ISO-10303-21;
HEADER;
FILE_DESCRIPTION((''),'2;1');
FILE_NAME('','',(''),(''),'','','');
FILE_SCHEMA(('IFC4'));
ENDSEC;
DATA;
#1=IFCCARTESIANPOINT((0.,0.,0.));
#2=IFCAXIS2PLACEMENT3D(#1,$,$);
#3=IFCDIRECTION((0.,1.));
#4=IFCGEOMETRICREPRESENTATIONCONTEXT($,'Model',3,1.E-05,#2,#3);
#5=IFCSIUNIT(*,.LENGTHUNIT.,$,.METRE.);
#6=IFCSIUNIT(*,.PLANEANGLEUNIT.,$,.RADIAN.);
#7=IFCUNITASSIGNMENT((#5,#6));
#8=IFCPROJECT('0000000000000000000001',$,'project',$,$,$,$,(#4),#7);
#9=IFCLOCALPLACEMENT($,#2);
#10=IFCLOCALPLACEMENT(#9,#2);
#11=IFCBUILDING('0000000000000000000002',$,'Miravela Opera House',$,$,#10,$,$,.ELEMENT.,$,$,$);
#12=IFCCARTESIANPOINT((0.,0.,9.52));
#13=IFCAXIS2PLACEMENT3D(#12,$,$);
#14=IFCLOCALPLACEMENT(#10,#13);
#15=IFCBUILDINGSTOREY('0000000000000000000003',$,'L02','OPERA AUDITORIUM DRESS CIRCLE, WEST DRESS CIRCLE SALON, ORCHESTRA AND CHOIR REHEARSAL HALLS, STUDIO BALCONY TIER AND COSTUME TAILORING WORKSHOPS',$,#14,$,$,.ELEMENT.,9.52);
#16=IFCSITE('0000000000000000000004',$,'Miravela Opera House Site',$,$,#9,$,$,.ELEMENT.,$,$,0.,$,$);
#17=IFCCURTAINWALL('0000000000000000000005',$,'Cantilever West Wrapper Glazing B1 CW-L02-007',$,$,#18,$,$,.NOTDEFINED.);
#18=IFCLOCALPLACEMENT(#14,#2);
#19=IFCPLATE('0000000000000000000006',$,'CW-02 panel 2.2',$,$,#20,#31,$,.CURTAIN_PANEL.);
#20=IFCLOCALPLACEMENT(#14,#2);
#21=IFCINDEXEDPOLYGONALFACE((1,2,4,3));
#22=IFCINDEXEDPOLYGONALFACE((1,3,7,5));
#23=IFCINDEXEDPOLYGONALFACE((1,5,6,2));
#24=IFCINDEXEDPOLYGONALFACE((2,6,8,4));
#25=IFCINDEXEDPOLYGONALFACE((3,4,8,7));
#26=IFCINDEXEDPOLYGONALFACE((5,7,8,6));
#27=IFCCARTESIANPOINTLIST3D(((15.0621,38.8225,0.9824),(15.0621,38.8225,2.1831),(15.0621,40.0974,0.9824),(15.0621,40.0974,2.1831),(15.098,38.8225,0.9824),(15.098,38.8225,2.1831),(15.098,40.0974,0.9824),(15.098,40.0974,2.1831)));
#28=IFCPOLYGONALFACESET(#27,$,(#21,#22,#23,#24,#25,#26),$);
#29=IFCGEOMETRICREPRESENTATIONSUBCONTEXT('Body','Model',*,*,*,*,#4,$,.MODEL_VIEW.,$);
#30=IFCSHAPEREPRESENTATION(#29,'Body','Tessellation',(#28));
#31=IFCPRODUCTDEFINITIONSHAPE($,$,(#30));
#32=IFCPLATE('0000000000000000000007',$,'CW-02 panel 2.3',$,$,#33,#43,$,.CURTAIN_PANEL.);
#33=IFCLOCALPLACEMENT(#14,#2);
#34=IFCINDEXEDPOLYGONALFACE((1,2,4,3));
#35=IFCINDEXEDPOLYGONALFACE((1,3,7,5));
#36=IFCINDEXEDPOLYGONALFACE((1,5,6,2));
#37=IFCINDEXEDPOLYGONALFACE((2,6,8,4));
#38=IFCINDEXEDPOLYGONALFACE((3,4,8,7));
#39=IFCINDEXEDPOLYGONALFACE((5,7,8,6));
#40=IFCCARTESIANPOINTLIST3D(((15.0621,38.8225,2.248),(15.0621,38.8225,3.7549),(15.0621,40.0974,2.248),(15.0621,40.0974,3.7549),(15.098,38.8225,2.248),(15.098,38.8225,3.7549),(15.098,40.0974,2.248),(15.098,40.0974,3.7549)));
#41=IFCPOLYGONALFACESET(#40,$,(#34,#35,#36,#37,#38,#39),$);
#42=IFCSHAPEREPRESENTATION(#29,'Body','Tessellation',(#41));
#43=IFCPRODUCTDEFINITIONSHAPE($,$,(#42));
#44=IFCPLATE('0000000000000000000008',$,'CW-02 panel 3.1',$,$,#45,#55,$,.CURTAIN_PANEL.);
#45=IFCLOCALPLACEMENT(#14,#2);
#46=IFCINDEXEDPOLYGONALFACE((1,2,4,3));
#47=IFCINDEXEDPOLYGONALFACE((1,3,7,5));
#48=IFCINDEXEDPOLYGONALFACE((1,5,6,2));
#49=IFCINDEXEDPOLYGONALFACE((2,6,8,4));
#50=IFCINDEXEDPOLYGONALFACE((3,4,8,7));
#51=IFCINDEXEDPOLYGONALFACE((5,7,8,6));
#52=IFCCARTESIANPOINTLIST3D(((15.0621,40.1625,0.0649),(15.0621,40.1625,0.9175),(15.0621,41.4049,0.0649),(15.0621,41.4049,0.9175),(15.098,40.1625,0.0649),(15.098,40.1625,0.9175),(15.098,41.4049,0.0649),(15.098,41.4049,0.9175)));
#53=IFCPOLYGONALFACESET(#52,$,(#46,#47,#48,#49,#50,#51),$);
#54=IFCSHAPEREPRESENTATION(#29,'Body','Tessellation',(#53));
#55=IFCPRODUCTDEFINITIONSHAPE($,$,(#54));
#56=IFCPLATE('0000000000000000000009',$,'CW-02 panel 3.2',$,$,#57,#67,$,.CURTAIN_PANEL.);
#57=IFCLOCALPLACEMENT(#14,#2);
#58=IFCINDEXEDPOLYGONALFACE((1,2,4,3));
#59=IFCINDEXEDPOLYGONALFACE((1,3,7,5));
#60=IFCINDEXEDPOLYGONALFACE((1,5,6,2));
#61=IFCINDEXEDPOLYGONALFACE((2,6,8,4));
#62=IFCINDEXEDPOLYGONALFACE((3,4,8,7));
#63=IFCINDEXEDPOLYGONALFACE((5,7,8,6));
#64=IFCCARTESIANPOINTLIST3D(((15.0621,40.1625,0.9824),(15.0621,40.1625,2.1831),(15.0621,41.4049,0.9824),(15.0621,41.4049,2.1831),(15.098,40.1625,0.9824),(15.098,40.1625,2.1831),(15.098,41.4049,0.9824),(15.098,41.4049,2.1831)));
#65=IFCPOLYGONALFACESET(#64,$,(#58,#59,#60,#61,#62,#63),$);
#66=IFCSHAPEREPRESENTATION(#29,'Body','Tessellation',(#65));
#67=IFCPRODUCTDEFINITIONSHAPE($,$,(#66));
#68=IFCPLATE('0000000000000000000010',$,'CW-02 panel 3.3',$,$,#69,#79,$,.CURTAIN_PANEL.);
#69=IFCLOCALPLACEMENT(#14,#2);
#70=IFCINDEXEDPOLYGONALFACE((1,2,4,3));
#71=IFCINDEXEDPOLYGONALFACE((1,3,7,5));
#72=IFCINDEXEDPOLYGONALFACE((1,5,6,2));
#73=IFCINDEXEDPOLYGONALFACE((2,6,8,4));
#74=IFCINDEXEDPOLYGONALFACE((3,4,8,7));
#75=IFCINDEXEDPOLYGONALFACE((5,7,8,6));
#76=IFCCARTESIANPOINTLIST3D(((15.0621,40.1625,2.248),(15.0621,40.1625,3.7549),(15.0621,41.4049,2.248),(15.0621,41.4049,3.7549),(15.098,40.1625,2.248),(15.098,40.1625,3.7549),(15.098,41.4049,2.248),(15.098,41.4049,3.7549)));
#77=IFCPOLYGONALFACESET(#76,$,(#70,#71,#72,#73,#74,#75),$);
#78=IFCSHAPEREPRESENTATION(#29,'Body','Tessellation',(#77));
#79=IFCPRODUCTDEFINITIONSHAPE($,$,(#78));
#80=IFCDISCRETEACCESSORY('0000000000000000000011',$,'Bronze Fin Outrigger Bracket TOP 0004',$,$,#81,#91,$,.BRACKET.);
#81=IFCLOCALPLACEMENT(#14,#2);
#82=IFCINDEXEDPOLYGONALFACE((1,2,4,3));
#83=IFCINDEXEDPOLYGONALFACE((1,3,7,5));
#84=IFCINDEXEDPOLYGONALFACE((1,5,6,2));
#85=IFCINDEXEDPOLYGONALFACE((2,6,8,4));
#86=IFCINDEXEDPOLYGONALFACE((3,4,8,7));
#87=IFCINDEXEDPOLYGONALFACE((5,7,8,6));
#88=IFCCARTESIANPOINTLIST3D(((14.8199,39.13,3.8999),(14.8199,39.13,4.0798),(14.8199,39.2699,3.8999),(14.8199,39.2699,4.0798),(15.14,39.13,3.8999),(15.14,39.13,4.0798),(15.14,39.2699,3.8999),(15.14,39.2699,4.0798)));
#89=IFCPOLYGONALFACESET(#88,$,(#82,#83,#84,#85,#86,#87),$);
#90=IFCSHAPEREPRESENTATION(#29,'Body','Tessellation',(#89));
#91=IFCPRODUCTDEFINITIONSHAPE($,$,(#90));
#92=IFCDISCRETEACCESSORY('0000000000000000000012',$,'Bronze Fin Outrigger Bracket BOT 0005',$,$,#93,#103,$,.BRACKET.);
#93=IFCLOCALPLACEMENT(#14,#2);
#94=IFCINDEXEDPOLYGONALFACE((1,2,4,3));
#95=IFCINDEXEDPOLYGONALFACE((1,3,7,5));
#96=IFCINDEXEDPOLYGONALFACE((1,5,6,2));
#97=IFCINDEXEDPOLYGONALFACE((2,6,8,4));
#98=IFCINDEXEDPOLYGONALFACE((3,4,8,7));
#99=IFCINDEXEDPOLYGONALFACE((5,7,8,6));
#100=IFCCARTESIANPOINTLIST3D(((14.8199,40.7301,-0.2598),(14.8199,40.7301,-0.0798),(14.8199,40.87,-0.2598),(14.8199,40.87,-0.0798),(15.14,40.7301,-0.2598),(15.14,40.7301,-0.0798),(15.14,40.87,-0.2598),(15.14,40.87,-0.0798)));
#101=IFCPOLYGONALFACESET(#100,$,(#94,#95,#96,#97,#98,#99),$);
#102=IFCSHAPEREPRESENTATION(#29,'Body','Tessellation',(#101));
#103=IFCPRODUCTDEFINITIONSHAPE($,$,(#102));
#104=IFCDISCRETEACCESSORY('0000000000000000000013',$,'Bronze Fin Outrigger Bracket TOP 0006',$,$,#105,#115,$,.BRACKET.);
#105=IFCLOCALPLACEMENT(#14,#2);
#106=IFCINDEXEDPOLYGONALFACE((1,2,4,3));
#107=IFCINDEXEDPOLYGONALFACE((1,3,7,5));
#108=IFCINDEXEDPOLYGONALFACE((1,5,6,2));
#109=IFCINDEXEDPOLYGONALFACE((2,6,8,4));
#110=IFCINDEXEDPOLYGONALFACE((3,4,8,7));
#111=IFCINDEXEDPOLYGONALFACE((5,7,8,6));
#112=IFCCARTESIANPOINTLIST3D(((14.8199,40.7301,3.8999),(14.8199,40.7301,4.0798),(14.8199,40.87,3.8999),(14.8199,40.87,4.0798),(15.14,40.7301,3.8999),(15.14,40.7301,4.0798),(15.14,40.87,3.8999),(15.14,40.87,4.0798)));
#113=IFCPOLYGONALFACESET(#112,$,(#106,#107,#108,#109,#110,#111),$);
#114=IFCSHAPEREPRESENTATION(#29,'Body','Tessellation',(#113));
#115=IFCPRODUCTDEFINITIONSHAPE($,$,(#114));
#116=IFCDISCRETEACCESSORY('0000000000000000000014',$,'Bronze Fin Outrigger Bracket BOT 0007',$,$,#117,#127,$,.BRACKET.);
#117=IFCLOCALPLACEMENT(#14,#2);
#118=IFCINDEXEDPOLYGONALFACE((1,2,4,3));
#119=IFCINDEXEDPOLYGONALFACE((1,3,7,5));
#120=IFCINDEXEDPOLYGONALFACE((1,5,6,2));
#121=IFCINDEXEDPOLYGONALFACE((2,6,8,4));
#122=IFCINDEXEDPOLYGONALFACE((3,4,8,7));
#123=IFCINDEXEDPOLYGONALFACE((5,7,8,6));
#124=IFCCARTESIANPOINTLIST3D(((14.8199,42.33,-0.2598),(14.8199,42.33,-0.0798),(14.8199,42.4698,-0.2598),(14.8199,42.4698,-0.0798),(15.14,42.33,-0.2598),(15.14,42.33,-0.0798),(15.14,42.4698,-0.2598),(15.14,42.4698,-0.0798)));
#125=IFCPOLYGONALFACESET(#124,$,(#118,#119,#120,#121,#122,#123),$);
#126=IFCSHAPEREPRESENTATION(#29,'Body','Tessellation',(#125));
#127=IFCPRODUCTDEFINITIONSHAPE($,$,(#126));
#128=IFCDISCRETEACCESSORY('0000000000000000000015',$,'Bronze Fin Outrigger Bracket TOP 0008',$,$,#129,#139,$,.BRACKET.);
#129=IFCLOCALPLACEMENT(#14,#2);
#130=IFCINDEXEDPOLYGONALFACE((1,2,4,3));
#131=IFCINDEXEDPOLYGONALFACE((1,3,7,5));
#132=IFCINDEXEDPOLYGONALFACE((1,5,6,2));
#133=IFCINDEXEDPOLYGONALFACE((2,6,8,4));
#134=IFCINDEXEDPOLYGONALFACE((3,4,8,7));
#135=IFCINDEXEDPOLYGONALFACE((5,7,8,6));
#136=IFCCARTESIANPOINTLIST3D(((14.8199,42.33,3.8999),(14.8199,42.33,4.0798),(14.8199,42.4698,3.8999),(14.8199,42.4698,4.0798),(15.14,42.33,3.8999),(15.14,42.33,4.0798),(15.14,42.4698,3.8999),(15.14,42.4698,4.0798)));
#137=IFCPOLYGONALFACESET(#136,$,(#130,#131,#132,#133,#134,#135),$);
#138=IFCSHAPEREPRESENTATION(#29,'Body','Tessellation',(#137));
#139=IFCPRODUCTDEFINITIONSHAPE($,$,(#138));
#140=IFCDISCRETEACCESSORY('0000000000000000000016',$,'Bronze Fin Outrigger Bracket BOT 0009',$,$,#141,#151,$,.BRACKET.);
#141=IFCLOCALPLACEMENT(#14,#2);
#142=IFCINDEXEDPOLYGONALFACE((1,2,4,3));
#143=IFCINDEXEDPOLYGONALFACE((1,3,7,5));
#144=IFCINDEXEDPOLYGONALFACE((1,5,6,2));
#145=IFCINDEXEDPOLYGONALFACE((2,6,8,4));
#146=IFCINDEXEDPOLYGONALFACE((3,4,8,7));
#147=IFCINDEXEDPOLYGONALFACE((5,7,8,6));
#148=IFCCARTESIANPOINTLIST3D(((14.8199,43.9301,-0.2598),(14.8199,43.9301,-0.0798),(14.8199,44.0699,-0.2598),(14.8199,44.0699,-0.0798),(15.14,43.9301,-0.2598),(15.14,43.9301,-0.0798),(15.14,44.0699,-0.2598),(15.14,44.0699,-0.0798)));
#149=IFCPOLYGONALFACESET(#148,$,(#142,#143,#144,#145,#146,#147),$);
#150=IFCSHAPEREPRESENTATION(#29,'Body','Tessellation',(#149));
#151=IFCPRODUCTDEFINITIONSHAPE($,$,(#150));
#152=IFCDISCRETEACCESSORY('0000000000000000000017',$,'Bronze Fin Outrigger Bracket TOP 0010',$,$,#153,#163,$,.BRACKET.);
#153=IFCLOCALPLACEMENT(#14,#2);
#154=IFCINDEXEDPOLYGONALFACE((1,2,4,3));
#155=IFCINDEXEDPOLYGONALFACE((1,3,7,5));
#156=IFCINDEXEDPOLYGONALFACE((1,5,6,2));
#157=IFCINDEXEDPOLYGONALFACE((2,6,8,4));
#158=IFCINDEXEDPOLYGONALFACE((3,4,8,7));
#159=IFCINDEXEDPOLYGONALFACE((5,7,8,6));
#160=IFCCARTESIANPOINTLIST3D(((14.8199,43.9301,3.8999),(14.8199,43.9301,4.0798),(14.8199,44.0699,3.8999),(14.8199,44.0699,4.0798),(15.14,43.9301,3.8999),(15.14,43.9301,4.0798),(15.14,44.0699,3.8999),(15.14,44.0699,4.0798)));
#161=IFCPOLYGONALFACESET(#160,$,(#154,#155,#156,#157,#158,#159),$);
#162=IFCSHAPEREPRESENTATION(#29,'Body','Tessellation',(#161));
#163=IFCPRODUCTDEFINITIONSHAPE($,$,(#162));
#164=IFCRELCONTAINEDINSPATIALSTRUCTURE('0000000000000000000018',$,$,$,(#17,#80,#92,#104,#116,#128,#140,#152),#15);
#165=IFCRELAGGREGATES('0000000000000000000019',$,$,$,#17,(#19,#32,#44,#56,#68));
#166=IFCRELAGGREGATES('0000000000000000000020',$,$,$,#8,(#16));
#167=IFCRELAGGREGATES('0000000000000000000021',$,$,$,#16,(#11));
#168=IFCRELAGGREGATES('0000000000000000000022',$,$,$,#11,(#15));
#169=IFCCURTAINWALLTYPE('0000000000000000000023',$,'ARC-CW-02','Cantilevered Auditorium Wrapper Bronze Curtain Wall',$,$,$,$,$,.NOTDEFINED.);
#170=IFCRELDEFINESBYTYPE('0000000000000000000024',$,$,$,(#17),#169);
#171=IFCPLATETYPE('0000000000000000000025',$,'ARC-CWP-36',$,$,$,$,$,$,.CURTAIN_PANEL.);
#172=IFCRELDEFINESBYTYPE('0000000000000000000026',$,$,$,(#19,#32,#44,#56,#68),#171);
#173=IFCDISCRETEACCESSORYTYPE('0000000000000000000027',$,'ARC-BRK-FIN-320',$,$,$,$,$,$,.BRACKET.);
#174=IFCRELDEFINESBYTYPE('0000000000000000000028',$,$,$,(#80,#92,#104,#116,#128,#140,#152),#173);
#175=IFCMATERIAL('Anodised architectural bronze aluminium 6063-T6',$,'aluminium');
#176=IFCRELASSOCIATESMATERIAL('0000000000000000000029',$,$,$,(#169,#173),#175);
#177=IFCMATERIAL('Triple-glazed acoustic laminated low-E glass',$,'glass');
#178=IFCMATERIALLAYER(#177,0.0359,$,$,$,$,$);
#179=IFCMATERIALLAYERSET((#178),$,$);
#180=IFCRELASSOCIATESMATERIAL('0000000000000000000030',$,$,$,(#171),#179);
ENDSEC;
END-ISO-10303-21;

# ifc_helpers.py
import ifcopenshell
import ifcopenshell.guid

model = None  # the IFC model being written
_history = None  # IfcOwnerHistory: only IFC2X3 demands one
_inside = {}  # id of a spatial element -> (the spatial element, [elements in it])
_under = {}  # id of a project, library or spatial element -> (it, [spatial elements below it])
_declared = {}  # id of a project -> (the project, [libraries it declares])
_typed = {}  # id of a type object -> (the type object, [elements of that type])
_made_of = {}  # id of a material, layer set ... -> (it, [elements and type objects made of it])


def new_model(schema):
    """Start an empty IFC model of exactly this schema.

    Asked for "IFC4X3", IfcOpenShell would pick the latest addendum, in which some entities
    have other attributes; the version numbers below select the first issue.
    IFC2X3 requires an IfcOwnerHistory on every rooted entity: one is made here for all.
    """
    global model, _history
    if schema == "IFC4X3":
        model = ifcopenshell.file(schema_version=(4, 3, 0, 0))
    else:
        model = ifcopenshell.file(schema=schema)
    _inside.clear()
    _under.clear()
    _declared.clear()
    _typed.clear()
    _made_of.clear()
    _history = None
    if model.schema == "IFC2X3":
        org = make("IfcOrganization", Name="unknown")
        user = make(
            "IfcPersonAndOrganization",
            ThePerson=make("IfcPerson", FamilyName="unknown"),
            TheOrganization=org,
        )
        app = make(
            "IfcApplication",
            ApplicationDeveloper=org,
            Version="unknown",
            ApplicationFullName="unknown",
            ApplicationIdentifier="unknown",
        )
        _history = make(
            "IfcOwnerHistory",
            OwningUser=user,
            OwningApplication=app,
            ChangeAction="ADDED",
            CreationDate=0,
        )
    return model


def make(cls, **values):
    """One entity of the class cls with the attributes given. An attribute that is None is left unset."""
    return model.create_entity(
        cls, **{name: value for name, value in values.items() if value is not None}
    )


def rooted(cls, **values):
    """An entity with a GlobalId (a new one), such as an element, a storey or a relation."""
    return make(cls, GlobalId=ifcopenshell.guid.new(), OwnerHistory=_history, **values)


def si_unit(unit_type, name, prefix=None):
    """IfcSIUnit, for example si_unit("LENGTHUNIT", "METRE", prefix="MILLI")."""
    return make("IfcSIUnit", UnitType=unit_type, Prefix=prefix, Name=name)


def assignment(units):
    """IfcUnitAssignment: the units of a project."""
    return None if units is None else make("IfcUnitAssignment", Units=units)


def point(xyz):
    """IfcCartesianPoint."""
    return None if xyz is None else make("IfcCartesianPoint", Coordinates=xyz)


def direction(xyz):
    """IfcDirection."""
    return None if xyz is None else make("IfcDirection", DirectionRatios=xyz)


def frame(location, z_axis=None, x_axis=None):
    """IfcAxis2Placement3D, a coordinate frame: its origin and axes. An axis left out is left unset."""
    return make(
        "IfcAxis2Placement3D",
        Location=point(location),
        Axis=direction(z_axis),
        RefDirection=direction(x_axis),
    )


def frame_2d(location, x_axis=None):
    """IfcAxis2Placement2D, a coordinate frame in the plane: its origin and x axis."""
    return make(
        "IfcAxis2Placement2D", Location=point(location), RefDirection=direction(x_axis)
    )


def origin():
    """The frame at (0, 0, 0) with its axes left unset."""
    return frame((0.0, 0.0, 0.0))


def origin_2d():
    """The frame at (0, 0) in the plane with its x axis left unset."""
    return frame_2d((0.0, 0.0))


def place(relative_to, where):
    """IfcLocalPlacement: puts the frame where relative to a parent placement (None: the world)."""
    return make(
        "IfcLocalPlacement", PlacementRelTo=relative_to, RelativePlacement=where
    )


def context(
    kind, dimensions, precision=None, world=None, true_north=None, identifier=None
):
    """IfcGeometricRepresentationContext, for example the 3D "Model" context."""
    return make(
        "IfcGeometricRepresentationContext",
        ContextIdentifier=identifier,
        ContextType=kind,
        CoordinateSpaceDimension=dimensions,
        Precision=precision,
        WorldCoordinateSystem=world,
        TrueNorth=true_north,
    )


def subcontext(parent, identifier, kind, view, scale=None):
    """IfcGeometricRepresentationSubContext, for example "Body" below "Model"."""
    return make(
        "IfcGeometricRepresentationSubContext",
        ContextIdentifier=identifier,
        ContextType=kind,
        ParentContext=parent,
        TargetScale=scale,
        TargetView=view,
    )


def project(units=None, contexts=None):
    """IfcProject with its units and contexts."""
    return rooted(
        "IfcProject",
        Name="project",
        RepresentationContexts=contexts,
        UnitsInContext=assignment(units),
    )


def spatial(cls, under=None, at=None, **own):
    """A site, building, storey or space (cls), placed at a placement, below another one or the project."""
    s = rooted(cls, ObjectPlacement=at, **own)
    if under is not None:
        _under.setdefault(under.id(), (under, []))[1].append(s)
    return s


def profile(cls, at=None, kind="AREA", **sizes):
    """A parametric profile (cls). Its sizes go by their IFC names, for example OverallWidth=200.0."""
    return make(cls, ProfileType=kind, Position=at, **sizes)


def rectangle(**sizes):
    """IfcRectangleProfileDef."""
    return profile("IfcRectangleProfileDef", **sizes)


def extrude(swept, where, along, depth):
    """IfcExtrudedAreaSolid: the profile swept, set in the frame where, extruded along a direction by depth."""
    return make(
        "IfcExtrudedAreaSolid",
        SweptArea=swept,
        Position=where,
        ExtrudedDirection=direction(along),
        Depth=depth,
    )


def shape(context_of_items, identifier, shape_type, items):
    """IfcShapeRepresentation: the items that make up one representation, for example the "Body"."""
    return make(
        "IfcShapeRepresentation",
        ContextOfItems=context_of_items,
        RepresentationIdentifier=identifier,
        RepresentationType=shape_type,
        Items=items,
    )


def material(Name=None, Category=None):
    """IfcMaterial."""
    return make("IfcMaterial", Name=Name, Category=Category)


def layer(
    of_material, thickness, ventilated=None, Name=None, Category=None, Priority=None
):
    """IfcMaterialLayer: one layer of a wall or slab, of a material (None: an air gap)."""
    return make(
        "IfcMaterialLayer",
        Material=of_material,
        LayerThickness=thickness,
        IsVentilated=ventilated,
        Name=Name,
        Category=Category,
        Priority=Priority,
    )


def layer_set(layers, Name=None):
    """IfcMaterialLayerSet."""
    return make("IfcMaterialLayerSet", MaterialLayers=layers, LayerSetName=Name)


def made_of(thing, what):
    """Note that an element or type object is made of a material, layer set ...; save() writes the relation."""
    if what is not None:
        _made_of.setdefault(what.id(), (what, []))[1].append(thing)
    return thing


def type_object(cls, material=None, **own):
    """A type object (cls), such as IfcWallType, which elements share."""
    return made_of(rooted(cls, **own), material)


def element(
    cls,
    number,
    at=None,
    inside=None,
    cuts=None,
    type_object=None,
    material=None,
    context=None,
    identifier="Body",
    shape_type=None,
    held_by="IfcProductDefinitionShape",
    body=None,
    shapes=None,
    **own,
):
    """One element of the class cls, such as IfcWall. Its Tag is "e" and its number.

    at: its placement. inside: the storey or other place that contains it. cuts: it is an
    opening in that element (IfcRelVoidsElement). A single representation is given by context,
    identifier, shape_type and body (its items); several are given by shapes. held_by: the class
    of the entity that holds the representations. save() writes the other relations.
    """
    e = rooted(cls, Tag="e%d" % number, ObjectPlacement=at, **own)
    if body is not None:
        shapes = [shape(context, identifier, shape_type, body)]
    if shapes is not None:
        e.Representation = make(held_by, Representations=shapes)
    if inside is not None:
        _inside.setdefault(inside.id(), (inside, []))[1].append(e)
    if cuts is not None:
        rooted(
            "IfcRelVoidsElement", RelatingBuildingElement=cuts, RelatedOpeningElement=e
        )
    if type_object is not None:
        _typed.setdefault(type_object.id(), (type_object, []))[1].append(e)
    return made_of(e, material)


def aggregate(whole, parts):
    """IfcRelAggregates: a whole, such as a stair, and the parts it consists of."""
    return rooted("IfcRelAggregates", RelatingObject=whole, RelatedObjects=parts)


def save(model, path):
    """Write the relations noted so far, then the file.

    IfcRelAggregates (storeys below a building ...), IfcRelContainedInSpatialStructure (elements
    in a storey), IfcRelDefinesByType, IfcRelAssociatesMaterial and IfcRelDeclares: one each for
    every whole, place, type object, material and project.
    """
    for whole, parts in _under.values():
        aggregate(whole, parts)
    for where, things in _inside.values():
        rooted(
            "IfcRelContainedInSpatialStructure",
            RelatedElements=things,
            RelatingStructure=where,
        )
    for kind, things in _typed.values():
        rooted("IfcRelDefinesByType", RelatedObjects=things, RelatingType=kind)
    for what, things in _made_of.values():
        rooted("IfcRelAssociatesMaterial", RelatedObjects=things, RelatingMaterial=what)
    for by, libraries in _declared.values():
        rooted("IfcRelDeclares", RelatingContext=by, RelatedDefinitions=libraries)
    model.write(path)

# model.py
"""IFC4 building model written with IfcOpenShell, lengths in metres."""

from ifc_helpers import new_model, si_unit, direction, frame, origin, origin_2d, place, context, subcontext, project, spatial, rectangle, extrude, material, layer, layer_set, type_object, element, aggregate, save


model = new_model("IFC4")

# Units and contexts
model_context = context("Model", 3, precision=1e-05, world=origin(), true_north=direction((0.0, 1.0)))
body_context = subcontext(model_context, "Body", "Model", "MODEL_VIEW")
ifc_project = project(units=[si_unit("LENGTHUNIT", "METRE"), si_unit("PLANEANGLEUNIT", "RADIAN")], contexts=[model_context])

# Site, building, storey
site_placement = place(None, origin())
site = spatial("IfcSite", under=ifc_project, at=site_placement, Name="Miravela Opera House Site", CompositionType="ELEMENT", RefElevation=0.0)
building_placement = place(site_placement, origin())
building = spatial("IfcBuilding", under=site, at=building_placement, Name="Miravela Opera House", CompositionType="ELEMENT")
storey_placement = place(building_placement, frame((0.0, 0.0, 9.52)))
storey = spatial("IfcBuildingStorey", under=building, at=storey_placement, Name="L02", Description="OPERA AUDITORIUM DRESS CIRCLE, WEST DRESS CIRCLE SALON, ORCHESTRA AND CHOIR REHEARSAL HALLS, STUDIO BALCONY TIER AND COSTUME TAILORING WORKSHOPS", CompositionType="ELEMENT", Elevation=9.52)

# Curtain wall
ifc_material_1 = material(Name="Anodised architectural bronze aluminium 6063-T6", Category="aluminium")
curtain_wall_type = type_object("IfcCurtainWallType", Name="ARC-CW-02", Description="Cantilevered Auditorium Wrapper Bronze Curtain Wall", PredefinedType="NOTDEFINED", material=ifc_material_1)
curtain_wall_1_placement = place(storey_placement, origin())
curtain_wall_1 = element("IfcCurtainWall", 1, at=curtain_wall_1_placement, inside=storey, type_object=curtain_wall_type, Name="Cantilever West Wrapper Glazing B1 CW-L02-007", PredefinedType="NOTDEFINED")

# Plates
ifc_material_2 = material(Name="Triple-glazed acoustic laminated low-E glass", Category="glass")
ifc_layer = layer(ifc_material_2, 0.0359)
ifc_layer_set = layer_set([ifc_layer])
plate_type = type_object("IfcPlateType", Name="ARC-CWP-36", PredefinedType="CURTAIN_PANEL", material=ifc_layer_set)
plate_1_placement = place(storey_placement, frame((15.0801, 39.46, 0.9824), z_axis=(0.0, 0.0, 1.0), x_axis=(0.0, 1.0, 0.0)))
plate_1 = element("IfcPlate", 2, at=plate_1_placement, type_object=plate_type, Name="CW-02 panel 2.2", PredefinedType="CURTAIN_PANEL", context=body_context, shape_type="SweptSolid", body=[
    extrude(rectangle(XDim=1.2749, YDim=0.0359, at=origin_2d()), origin(), (0.0, 0.0, 1.0), 1.2007),
])
plate_2_placement = place(storey_placement, frame((15.0801, 39.46, 2.248), z_axis=(0.0, 0.0, 1.0), x_axis=(0.0, 1.0, 0.0)))
plate_2 = element("IfcPlate", 3, at=plate_2_placement, type_object=plate_type, Name="CW-02 panel 2.3", PredefinedType="CURTAIN_PANEL", context=body_context, shape_type="SweptSolid", body=[
    extrude(rectangle(XDim=1.2749, YDim=0.0359, at=origin_2d()), origin(), (0.0, 0.0, 1.0), 1.5068),
])
plate_3_placement = place(storey_placement, frame((15.0801, 40.7837, 0.0649), z_axis=(0.0, 0.0, 1.0), x_axis=(0.0, 1.0, 0.0)))
plate_3 = element("IfcPlate", 4, at=plate_3_placement, type_object=plate_type, Name="CW-02 panel 3.1", PredefinedType="CURTAIN_PANEL", context=body_context, shape_type="SweptSolid", body=[
    extrude(rectangle(XDim=1.2424, YDim=0.0359, at=origin_2d()), origin(), (0.0, 0.0, 1.0), 0.8525),
])
plate_4_placement = place(storey_placement, frame((15.0801, 40.7837, 0.9824), z_axis=(0.0, 0.0, 1.0), x_axis=(0.0, 1.0, 0.0)))
plate_4 = element("IfcPlate", 5, at=plate_4_placement, type_object=plate_type, Name="CW-02 panel 3.2", PredefinedType="CURTAIN_PANEL", context=body_context, shape_type="SweptSolid", body=[
    extrude(rectangle(XDim=1.2424, YDim=0.0359, at=origin_2d()), origin(), (0.0, 0.0, 1.0), 1.2007),
])
plate_5_placement = place(storey_placement, frame((15.0801, 40.7837, 2.248), z_axis=(0.0, 0.0, 1.0), x_axis=(0.0, 1.0, 0.0)))
plate_5 = element("IfcPlate", 6, at=plate_5_placement, type_object=plate_type, Name="CW-02 panel 3.3", PredefinedType="CURTAIN_PANEL", context=body_context, shape_type="SweptSolid", body=[
    extrude(rectangle(XDim=1.2424, YDim=0.0359, at=origin_2d()), origin(), (0.0, 0.0, 1.0), 1.5068),
])
aggregate(curtain_wall_1, [plate_1, plate_2, plate_3, plate_4, plate_5])

# Discrete accessories
discrete_accessory_type = type_object("IfcDiscreteAccessoryType", Name="ARC-BRK-FIN-320", PredefinedType="BRACKET", material=ifc_material_1)
for number, where, z_axis, x_axis, name in (
    (7, (14.98, 39.2, 3.8999), (0.0, 0.0, 1.0), (1.0, 0.0, 0.0), "Bronze Fin Outrigger Bracket TOP 0004"),
    (8, (14.98, 40.8, -0.2598), (0.0, 0.0, 1.0), (1.0, 0.0, 0.0), "Bronze Fin Outrigger Bracket BOT 0005"),
    (9, (14.98, 40.8, 3.8999), (0.0, 0.0, 1.0), (1.0, 0.0, 0.0), "Bronze Fin Outrigger Bracket TOP 0006"),
    (10, (14.98, 42.3999, -0.2598), (0.0, 0.0, 1.0), (1.0, 0.0, 0.0), "Bronze Fin Outrigger Bracket BOT 0007"),
    (11, (14.98, 42.3999, 3.8999), (0.0, 0.0, 1.0), (1.0, 0.0, 0.0), "Bronze Fin Outrigger Bracket TOP 0008"),
    (12, (14.98, 44.0, -0.2598), (0.0, 0.0, 1.0), (1.0, 0.0, 0.0), "Bronze Fin Outrigger Bracket BOT 0009"),
    (13, (14.98, 44.0, 3.8999), (0.0, 0.0, 1.0), (1.0, 0.0, 0.0), "Bronze Fin Outrigger Bracket TOP 0010"),
):
    element("IfcDiscreteAccessory", number, at=place(storey_placement, frame(where, z_axis=z_axis, x_axis=x_axis)), inside=storey, type_object=discrete_accessory_type, Name=name, PredefinedType="BRACKET", context=body_context, shape_type="SweptSolid", body=[
        extrude(rectangle(XDim=0.3201, YDim=0.1399, at=origin_2d()), origin(), (0.0, 0.0, 1.0), 0.1799),
    ])

save(model, "model.ifc")
